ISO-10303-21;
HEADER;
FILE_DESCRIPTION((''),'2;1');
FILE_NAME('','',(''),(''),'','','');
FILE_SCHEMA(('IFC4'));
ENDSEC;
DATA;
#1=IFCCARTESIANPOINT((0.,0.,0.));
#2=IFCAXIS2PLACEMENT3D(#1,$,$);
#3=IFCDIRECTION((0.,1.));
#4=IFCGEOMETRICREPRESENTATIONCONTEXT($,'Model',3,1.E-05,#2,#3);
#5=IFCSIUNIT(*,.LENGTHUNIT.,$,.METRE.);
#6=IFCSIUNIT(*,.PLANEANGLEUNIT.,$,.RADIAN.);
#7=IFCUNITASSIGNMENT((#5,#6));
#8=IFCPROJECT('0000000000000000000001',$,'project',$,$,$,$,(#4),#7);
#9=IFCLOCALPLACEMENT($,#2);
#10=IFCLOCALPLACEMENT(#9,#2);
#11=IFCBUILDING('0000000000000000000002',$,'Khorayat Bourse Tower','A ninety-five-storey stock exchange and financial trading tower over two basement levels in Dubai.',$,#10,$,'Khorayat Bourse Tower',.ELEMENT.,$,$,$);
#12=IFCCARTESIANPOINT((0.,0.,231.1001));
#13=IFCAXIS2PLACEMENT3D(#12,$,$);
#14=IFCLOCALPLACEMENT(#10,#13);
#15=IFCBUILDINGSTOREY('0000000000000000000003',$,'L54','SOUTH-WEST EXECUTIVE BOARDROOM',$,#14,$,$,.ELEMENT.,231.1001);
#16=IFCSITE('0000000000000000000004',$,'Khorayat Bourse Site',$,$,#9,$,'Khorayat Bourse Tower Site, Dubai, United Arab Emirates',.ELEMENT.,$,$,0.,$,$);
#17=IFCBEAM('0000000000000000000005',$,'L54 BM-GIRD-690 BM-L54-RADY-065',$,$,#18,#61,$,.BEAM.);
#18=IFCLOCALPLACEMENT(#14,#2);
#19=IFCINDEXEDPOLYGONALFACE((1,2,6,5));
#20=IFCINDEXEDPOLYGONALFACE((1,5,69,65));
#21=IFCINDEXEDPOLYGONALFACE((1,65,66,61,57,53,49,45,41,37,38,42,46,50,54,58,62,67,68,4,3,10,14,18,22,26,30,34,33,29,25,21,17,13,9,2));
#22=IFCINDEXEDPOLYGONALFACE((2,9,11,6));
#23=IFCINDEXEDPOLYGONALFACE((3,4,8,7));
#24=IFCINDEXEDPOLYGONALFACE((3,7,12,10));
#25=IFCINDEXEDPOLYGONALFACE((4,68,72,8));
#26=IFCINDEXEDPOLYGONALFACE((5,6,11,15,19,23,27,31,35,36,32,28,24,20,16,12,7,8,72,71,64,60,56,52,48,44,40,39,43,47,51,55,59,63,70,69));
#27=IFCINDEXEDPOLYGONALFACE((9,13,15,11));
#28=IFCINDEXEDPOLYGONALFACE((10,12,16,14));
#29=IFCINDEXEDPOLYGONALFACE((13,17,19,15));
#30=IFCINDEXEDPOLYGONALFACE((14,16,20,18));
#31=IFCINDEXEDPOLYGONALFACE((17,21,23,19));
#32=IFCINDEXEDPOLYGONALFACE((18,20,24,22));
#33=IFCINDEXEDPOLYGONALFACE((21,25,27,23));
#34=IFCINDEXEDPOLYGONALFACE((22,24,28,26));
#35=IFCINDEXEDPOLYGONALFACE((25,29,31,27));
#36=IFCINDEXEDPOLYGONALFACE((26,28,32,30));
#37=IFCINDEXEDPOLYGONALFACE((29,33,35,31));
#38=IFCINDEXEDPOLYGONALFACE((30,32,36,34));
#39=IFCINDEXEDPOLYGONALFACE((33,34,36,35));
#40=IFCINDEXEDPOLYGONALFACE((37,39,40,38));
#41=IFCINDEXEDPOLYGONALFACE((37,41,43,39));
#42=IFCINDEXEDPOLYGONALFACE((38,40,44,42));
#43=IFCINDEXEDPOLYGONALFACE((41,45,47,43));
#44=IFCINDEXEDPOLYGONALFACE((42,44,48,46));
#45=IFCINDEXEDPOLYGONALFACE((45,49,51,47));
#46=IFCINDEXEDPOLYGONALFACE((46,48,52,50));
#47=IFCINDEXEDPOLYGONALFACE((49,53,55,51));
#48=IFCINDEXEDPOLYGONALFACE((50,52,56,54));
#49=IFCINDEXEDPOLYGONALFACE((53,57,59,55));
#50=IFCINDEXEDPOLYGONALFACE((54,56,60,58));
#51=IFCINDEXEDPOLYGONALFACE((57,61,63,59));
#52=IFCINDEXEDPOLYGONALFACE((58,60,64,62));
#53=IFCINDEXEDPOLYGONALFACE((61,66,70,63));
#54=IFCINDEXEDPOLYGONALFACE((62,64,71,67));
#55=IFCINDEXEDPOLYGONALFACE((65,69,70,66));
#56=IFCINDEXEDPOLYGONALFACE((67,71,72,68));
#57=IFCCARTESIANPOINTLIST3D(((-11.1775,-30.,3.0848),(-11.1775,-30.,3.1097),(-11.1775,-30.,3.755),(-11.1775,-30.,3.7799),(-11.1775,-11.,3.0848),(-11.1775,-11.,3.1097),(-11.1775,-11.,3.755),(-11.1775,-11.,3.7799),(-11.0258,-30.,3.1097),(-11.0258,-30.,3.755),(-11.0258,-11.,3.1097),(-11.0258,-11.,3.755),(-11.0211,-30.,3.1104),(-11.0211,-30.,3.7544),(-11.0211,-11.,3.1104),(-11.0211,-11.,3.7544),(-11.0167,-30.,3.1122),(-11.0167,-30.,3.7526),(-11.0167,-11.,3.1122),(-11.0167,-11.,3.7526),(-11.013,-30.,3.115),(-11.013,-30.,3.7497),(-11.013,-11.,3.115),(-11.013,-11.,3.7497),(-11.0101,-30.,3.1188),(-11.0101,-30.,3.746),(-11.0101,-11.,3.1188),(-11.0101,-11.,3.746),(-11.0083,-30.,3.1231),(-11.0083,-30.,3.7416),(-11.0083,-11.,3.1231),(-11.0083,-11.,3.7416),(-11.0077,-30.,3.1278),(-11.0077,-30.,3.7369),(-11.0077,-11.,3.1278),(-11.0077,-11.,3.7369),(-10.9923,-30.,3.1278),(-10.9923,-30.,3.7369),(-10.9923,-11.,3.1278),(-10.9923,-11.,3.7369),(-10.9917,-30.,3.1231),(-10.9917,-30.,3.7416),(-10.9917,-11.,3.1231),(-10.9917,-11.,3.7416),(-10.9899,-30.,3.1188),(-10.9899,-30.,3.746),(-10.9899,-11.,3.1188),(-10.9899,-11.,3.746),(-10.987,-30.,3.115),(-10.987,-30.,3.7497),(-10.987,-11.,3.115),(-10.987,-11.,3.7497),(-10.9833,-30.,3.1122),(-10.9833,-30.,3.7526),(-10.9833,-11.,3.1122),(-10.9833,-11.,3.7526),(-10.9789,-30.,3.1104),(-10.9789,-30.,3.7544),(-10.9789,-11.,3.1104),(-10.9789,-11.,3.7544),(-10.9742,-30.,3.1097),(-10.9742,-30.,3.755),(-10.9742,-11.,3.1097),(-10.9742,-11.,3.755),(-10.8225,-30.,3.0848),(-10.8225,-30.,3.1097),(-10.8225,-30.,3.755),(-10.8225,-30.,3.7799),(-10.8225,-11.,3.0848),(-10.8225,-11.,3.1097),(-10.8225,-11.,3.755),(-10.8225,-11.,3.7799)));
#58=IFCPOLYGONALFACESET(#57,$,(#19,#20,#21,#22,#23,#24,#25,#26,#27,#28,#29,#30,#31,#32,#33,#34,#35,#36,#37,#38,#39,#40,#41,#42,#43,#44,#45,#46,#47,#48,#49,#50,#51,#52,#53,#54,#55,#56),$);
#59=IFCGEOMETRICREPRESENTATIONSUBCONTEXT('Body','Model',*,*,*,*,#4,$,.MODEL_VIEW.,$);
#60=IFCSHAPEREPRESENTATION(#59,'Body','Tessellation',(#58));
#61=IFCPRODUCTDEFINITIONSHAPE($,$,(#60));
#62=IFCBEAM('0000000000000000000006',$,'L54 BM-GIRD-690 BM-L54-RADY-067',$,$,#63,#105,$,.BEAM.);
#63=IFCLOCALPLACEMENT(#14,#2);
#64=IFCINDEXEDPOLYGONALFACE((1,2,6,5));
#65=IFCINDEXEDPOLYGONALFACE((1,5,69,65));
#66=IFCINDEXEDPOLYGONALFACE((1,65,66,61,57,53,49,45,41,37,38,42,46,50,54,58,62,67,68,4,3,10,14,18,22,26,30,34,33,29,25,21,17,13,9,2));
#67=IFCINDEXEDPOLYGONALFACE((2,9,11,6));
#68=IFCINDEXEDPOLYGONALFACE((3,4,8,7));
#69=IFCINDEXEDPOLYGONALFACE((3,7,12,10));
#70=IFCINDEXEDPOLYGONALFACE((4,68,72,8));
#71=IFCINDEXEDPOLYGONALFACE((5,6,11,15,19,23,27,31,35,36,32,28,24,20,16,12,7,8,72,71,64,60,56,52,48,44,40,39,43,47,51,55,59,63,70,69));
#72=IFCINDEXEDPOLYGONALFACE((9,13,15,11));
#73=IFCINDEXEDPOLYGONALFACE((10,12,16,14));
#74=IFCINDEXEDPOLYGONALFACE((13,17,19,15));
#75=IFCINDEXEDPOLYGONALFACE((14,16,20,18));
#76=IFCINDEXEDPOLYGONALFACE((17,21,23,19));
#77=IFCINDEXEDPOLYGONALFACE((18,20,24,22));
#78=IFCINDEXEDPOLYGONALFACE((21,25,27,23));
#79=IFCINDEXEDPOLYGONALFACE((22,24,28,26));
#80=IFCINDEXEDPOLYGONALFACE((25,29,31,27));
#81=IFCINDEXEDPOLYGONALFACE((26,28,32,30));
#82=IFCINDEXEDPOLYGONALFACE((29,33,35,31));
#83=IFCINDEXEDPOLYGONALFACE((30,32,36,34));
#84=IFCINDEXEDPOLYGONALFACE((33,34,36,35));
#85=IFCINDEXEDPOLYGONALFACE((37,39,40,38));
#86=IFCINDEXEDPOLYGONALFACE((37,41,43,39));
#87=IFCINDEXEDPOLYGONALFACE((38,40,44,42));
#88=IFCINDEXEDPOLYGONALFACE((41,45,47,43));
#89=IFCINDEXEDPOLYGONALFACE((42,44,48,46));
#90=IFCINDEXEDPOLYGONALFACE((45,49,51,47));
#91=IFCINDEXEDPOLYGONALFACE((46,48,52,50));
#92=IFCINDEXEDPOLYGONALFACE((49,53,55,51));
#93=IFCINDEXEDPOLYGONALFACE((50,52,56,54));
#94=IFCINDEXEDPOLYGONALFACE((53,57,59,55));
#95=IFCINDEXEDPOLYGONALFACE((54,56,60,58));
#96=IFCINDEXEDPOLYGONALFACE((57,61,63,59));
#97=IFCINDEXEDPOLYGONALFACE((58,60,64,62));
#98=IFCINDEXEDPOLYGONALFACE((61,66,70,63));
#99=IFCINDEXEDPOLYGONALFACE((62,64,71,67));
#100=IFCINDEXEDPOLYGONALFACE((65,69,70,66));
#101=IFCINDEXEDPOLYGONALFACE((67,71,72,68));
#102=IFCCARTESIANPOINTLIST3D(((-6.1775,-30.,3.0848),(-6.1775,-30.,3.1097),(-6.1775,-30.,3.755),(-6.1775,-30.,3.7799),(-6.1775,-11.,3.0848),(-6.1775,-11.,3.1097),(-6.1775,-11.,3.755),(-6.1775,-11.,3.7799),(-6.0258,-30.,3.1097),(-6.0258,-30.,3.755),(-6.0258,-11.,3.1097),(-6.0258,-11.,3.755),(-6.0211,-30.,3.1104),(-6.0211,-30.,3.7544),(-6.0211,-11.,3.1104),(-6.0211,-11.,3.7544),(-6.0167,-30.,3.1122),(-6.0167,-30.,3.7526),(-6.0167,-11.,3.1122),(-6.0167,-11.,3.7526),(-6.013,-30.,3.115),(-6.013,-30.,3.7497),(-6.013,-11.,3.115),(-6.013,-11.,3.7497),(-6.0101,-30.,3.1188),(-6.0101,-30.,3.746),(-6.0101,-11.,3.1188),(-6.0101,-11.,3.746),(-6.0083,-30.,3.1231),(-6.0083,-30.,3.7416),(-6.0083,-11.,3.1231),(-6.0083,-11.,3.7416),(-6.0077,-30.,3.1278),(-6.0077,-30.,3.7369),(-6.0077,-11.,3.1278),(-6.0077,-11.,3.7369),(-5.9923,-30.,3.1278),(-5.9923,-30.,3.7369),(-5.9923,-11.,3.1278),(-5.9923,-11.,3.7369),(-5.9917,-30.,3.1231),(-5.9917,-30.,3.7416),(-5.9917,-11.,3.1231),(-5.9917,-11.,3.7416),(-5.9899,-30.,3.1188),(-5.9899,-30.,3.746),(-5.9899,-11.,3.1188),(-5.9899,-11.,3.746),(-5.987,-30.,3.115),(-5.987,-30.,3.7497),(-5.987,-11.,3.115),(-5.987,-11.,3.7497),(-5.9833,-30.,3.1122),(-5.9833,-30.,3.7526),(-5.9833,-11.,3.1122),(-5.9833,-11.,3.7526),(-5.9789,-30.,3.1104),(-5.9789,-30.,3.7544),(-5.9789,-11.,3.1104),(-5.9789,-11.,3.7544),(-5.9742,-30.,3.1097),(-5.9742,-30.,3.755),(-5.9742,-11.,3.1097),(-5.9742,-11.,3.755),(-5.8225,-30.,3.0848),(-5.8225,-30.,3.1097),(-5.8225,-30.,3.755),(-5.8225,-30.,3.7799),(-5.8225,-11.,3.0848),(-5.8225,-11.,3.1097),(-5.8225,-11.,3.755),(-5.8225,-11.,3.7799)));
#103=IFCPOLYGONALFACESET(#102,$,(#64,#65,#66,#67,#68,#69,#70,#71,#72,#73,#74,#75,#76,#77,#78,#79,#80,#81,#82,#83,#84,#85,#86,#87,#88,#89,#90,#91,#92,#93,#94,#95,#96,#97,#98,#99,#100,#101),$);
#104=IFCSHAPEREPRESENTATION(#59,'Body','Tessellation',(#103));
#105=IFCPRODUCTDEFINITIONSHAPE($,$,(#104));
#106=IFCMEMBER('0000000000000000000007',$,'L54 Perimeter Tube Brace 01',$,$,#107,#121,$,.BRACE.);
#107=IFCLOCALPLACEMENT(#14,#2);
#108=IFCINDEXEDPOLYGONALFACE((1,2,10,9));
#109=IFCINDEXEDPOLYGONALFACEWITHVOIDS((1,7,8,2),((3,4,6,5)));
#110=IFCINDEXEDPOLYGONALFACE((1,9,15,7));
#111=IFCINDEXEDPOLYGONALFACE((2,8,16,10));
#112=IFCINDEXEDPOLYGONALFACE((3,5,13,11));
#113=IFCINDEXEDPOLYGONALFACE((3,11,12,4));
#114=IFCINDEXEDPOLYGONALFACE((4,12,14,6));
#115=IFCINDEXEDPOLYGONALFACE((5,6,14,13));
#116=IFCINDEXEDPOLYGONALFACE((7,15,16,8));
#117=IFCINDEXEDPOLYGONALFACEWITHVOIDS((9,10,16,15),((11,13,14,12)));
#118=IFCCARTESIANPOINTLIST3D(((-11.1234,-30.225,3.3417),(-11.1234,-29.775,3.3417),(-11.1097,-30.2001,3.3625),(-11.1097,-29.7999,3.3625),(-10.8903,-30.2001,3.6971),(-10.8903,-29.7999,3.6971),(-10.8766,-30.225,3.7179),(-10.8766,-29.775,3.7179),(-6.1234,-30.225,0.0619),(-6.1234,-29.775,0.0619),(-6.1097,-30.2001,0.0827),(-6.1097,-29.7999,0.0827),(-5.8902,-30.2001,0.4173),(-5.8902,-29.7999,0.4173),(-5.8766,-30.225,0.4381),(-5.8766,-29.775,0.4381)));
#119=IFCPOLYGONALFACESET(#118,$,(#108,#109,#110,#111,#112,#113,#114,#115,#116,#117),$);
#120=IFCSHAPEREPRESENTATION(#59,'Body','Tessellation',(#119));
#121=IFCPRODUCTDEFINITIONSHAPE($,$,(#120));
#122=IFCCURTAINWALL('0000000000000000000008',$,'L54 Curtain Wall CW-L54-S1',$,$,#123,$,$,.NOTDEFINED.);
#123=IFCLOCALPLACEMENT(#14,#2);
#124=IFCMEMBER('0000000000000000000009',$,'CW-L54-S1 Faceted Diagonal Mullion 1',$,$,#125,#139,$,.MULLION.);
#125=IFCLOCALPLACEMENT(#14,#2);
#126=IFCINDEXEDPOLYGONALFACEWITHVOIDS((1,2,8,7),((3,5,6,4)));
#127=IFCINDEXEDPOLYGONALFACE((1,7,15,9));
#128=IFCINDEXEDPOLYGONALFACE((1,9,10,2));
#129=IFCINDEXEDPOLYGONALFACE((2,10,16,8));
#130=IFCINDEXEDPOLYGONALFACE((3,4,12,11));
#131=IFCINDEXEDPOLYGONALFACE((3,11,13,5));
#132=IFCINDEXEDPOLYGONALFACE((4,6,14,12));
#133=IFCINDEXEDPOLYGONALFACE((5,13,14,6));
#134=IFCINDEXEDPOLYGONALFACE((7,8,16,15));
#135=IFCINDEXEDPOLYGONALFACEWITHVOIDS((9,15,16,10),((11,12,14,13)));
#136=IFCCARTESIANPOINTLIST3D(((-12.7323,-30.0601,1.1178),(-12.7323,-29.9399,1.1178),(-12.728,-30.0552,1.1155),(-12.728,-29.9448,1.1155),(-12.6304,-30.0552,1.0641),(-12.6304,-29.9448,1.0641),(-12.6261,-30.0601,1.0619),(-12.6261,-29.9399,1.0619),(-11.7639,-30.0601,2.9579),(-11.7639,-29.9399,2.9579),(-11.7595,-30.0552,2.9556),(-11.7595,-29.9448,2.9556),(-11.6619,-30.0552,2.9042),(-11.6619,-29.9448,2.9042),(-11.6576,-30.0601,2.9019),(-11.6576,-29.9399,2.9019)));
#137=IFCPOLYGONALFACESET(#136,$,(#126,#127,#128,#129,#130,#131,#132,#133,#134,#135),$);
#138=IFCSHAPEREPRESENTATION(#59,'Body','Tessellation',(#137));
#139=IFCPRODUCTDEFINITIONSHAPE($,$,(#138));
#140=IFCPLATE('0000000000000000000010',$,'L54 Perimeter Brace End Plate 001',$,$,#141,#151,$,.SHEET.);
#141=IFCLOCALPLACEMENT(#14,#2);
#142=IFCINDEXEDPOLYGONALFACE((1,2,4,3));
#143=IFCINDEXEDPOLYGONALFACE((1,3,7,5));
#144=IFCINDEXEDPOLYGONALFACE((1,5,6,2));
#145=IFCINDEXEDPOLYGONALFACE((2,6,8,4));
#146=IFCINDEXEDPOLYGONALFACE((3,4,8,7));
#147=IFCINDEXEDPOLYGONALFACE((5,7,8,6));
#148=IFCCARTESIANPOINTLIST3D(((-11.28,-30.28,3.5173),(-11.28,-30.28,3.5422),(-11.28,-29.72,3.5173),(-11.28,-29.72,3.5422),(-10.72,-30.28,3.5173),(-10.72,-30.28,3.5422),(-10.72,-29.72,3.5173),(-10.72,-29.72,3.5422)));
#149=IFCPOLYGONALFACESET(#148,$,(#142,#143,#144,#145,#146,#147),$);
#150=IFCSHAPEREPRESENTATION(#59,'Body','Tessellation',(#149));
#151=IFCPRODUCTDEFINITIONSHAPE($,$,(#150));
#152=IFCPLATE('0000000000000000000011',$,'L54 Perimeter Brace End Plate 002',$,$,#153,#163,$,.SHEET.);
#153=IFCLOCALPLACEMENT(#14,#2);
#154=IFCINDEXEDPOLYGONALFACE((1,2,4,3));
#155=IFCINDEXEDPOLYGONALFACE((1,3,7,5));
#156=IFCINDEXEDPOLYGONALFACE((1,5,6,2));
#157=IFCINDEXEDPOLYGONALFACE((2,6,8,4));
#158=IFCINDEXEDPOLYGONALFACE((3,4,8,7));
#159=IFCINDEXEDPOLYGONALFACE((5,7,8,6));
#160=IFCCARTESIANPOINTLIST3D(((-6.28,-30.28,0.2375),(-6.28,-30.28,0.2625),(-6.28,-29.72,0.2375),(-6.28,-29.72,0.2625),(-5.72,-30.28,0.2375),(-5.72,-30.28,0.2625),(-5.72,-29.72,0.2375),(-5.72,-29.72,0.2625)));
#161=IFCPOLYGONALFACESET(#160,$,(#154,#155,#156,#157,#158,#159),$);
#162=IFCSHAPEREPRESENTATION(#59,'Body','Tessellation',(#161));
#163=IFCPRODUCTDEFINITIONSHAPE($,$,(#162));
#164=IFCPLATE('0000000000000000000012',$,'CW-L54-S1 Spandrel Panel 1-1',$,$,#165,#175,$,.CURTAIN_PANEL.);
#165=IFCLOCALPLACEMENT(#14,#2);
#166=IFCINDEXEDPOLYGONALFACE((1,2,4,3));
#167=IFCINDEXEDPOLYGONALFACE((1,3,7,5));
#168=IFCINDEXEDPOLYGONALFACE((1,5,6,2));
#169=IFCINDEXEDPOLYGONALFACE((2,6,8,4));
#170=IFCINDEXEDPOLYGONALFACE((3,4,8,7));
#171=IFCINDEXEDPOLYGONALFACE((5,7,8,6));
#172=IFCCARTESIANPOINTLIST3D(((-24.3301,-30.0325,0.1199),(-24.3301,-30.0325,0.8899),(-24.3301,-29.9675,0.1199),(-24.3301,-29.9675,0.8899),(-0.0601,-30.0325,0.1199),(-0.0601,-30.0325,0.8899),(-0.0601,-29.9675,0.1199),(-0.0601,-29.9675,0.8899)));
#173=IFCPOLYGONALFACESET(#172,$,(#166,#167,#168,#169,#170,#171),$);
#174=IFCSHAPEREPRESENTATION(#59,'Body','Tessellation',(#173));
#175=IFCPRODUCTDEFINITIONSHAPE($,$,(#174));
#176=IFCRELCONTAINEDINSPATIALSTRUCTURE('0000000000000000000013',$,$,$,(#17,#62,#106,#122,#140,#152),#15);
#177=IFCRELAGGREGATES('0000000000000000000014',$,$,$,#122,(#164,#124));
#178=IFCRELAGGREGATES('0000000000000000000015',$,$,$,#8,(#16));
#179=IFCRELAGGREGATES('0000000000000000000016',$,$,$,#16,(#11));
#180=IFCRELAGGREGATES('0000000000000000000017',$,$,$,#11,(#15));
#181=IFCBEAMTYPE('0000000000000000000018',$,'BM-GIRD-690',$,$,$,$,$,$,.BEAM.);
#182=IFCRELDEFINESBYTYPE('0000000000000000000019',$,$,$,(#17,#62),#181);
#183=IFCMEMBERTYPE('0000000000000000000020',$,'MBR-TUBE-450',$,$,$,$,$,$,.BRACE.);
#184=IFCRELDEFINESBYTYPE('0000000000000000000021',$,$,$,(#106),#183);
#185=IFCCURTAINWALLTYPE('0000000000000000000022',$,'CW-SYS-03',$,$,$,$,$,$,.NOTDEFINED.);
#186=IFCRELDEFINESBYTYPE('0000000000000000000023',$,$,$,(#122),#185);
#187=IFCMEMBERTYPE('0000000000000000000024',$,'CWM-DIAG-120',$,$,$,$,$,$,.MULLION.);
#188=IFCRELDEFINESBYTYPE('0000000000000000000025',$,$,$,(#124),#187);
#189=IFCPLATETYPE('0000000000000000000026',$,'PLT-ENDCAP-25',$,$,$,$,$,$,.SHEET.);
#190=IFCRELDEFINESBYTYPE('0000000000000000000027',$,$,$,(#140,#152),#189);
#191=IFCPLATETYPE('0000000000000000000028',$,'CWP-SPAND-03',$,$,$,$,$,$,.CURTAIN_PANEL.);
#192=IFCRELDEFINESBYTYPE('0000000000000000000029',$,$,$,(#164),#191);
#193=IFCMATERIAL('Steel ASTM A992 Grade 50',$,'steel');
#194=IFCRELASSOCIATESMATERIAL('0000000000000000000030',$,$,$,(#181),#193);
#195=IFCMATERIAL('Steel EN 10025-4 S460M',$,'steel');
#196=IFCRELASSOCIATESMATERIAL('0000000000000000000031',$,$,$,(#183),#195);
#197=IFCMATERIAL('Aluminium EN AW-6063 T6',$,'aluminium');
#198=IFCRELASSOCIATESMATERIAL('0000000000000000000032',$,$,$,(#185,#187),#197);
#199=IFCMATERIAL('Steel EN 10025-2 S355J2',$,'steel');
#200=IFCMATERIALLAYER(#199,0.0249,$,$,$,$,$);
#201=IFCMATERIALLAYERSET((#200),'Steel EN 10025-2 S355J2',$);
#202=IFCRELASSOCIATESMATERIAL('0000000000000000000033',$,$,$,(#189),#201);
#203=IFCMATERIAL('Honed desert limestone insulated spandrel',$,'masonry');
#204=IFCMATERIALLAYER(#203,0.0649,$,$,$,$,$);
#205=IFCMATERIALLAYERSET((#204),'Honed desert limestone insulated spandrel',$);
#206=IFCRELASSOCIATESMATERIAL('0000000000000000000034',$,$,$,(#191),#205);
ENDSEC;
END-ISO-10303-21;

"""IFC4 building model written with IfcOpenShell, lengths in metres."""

from ifc_helpers import new_model, si_unit, direction, frame, origin, origin_2d, place, context, subcontext, project, spatial, rectangle, hollow_rectangle, i_section, extrude, source, transform, mapped, material, layer, layer_set, material_profile, profile_set, type_object, element, aggregate, save


model = new_model("IFC4")

# Units and contexts
model_context = context("Model", 3, precision=1e-05, world=origin(), true_north=direction((0.0, 1.0)))
body_context = subcontext(model_context, "Body", "Model", "MODEL_VIEW")
ifc_project = project(units=[si_unit("LENGTHUNIT", "METRE"), si_unit("PLANEANGLEUNIT", "RADIAN")], contexts=[model_context])

# Site, building, storey
site_placement = place(None, origin())
site = spatial("IfcSite", under=ifc_project, at=site_placement, Name="Khorayat Bourse Site", LongName="Khorayat Bourse Tower Site, Dubai, United Arab Emirates", CompositionType="ELEMENT", RefElevation=0.0)
building_placement = place(site_placement, origin())
building = spatial("IfcBuilding", under=site, at=building_placement, Name="Khorayat Bourse Tower", Description="A ninety-five-storey stock exchange and financial trading tower over two basement levels in Dubai.", LongName="Khorayat Bourse Tower", CompositionType="ELEMENT")
storey_placement = place(building_placement, frame((0.0, 0.0, 231.1001)))
storey = spatial("IfcBuildingStorey", under=building, at=storey_placement, Name="L54", Description="SOUTH-WEST EXECUTIVE BOARDROOM", CompositionType="ELEMENT", Elevation=231.1001)

# Shared definitions
ifc_material_1 = material(Name="Steel EN 10025-4 S460M", Category="steel")

# Beams
ifc_material_2 = material(Name="Steel ASTM A992 Grade 50", Category="steel")
ifc_material_profile_1 = material_profile(ifc_material_2, i_section(OverallWidth=0.355, OverallDepth=0.6951, WebThickness=0.0154, FlangeThickness=0.0249, FilletRadius=0.0181, at=origin_2d()), Name="W690X217")
ifc_profile_set_1 = profile_set([ifc_material_profile_1], Name="Steel ASTM A992 Grade 50")
beam_type_1 = type_object("IfcBeamType", Name="BM-GIRD-690", PredefinedType="BEAM", material=ifc_profile_set_1)
shared_shape_1 = source(origin(), body_context, "Body", "SweptSolid", [
    extrude(i_section(OverallWidth=0.355, OverallDepth=0.6951, WebThickness=0.0154, FlangeThickness=0.0249, FilletRadius=0.0181, at=origin_2d()), origin(), (0.0, 0.0, 1.0), 19.0),
])
for number, where, z_axis, x_axis, name in (
    (1, (-11.0, -30.0, 3.4324), (0.0, 1.0, 0.0), (-1.0, 0.0, 0.0), "L54 BM-GIRD-690 BM-L54-RADY-065"),
    (2, (-6.0, -30.0, 3.4324), (0.0, 1.0, 0.0), (-1.0, 0.0, 0.0), "L54 BM-GIRD-690 BM-L54-RADY-067"),
):
    element("IfcBeam", number, at=place(storey_placement, frame(where, z_axis=z_axis, x_axis=x_axis)), inside=storey, type_object=beam_type_1, Name=name, PredefinedType="BEAM", context=body_context, shape_type="MappedRepresentation", body=[
        mapped(shared_shape_1, transform((0.0, 0.0, 0.0), scale=1.0)),
    ])

# Member
ifc_material_profile_2 = material_profile(ifc_material_1, hollow_rectangle(XDim=0.45, YDim=0.45, WallThickness=0.0249, at=origin_2d()), Name="HSS 450x450x25")
ifc_profile_set_2 = profile_set([ifc_material_profile_2], Name="Steel EN 10025-4 S460M")
member_type_1 = type_object("IfcMemberType", Name="MBR-TUBE-450", PredefinedType="BRACE", material=ifc_profile_set_2)
shared_shape_2 = source(origin(), body_context, "Body", "SweptSolid", [
    extrude(hollow_rectangle(XDim=0.45, YDim=0.45, WallThickness=0.0249, at=origin_2d()), origin(), (0.0, 0.0, 1.0), 5.9797),
])
member_1_placement = place(storey_placement, frame((-11.0, -30.0, 3.5298), z_axis=(0.83616, 0.0, -0.548485), x_axis=(0.0, 1.0, 0.0)))
element("IfcMember", 3, at=member_1_placement, inside=storey, type_object=member_type_1, Name="L54 Perimeter Tube Brace 01", PredefinedType="BRACE", context=body_context, shape_type="MappedRepresentation", body=[
    mapped(shared_shape_2, transform((0.0, 0.0, 0.0), scale=1.0)),
])

# Curtain wall, member
ifc_material_3 = material(Name="Aluminium EN AW-6063 T6", Category="aluminium")
curtain_wall_type = type_object("IfcCurtainWallType", Name="CW-SYS-03", PredefinedType="NOTDEFINED", material=ifc_material_3)
curtain_wall_placement = place(storey_placement, origin())
curtain_wall = element("IfcCurtainWall", 4, at=curtain_wall_placement, inside=storey, type_object=curtain_wall_type, Name="L54 Curtain Wall CW-L54-S1", PredefinedType="NOTDEFINED")
ifc_material_profile_3 = material_profile(ifc_material_3, hollow_rectangle(XDim=0.1201, YDim=0.1201, WallThickness=0.0049, at=origin_2d()), Name="ALU 120x120x5")
ifc_profile_set_3 = profile_set([ifc_material_profile_3], Name="Aluminium EN AW-6063 T6")
member_type_2 = type_object("IfcMemberType", Name="CWM-DIAG-120", PredefinedType="MULLION", material=ifc_profile_set_3)
shared_shape_3 = source(origin(), body_context, "Body", "SweptSolid", [
    extrude(hollow_rectangle(XDim=0.1201, YDim=0.1201, WallThickness=0.0049, at=origin_2d()), origin(), (0.0, 0.0, 1.0), 2.0793),
])
member_2_placement = place(storey_placement, frame((-12.6792, -30.0, 1.0898), z_axis=(0.465761, 0.0, 0.884911), x_axis=(0.0, 1.0, 0.0)))
member_2 = element("IfcMember", 5, at=member_2_placement, type_object=member_type_2, Name="CW-L54-S1 Faceted Diagonal Mullion 1", PredefinedType="MULLION", context=body_context, shape_type="MappedRepresentation", body=[
    mapped(shared_shape_3, transform((0.0, 0.0, 0.0), scale=1.0)),
])

# Plates
ifc_material_4 = material(Name="Steel EN 10025-2 S355J2", Category="steel")
ifc_layer_1 = layer(ifc_material_4, 0.0249)
ifc_layer_set_1 = layer_set([ifc_layer_1], Name="Steel EN 10025-2 S355J2")
plate_type_1 = type_object("IfcPlateType", Name="PLT-ENDCAP-25", PredefinedType="SHEET", material=ifc_layer_set_1)
shared_shape_4 = source(origin(), body_context, "Body", "SweptSolid", [
    extrude(rectangle(XDim=0.5601, YDim=0.5601, at=origin_2d()), origin(), (0.0, 0.0, 1.0), 0.0249),
])
for number, where, z_axis, x_axis, name in (
    (6, (-11.0, -30.0, 3.5173), (0.0, 0.0, 1.0), (1.0, 0.0, 0.0), "L54 Perimeter Brace End Plate 001"),
    (7, (-6.0, -30.0, 0.2375), (0.0, 0.0, 1.0), (1.0, 0.0, 0.0), "L54 Perimeter Brace End Plate 002"),
):
    element("IfcPlate", number, at=place(storey_placement, frame(where, z_axis=z_axis, x_axis=x_axis)), inside=storey, type_object=plate_type_1, Name=name, PredefinedType="SHEET", context=body_context, shape_type="MappedRepresentation", body=[
        mapped(shared_shape_4, transform((0.0, 0.0, 0.0), scale=1.0)),
    ])

# Plate
ifc_material_5 = material(Name="Honed desert limestone insulated spandrel", Category="masonry")
ifc_layer_2 = layer(ifc_material_5, 0.0649)
ifc_layer_set_2 = layer_set([ifc_layer_2], Name="Honed desert limestone insulated spandrel")
plate_type_2 = type_object("IfcPlateType", Name="CWP-SPAND-03", PredefinedType="CURTAIN_PANEL", material=ifc_layer_set_2)
shared_shape_5 = source(origin(), body_context, "Body", "SweptSolid", [
    extrude(rectangle(XDim=24.27, YDim=0.0649, at=origin_2d()), origin(), (0.0, 0.0, 1.0), 0.77),
])
plate_1_placement = place(storey_placement, frame((-12.1951, -30.0, 0.1199), z_axis=(0.0, 0.0, 1.0), x_axis=(1.0, 0.0, 0.0)))
plate_1 = element("IfcPlate", 8, at=plate_1_placement, type_object=plate_type_2, Name="CW-L54-S1 Spandrel Panel 1-1", PredefinedType="CURTAIN_PANEL", context=body_context, shape_type="MappedRepresentation", body=[
    mapped(shared_shape_5, transform((0.0, 0.0, 0.0), scale=1.0)),
])
aggregate(curtain_wall, [plate_1, member_2])

save(model, "model.ifc")
